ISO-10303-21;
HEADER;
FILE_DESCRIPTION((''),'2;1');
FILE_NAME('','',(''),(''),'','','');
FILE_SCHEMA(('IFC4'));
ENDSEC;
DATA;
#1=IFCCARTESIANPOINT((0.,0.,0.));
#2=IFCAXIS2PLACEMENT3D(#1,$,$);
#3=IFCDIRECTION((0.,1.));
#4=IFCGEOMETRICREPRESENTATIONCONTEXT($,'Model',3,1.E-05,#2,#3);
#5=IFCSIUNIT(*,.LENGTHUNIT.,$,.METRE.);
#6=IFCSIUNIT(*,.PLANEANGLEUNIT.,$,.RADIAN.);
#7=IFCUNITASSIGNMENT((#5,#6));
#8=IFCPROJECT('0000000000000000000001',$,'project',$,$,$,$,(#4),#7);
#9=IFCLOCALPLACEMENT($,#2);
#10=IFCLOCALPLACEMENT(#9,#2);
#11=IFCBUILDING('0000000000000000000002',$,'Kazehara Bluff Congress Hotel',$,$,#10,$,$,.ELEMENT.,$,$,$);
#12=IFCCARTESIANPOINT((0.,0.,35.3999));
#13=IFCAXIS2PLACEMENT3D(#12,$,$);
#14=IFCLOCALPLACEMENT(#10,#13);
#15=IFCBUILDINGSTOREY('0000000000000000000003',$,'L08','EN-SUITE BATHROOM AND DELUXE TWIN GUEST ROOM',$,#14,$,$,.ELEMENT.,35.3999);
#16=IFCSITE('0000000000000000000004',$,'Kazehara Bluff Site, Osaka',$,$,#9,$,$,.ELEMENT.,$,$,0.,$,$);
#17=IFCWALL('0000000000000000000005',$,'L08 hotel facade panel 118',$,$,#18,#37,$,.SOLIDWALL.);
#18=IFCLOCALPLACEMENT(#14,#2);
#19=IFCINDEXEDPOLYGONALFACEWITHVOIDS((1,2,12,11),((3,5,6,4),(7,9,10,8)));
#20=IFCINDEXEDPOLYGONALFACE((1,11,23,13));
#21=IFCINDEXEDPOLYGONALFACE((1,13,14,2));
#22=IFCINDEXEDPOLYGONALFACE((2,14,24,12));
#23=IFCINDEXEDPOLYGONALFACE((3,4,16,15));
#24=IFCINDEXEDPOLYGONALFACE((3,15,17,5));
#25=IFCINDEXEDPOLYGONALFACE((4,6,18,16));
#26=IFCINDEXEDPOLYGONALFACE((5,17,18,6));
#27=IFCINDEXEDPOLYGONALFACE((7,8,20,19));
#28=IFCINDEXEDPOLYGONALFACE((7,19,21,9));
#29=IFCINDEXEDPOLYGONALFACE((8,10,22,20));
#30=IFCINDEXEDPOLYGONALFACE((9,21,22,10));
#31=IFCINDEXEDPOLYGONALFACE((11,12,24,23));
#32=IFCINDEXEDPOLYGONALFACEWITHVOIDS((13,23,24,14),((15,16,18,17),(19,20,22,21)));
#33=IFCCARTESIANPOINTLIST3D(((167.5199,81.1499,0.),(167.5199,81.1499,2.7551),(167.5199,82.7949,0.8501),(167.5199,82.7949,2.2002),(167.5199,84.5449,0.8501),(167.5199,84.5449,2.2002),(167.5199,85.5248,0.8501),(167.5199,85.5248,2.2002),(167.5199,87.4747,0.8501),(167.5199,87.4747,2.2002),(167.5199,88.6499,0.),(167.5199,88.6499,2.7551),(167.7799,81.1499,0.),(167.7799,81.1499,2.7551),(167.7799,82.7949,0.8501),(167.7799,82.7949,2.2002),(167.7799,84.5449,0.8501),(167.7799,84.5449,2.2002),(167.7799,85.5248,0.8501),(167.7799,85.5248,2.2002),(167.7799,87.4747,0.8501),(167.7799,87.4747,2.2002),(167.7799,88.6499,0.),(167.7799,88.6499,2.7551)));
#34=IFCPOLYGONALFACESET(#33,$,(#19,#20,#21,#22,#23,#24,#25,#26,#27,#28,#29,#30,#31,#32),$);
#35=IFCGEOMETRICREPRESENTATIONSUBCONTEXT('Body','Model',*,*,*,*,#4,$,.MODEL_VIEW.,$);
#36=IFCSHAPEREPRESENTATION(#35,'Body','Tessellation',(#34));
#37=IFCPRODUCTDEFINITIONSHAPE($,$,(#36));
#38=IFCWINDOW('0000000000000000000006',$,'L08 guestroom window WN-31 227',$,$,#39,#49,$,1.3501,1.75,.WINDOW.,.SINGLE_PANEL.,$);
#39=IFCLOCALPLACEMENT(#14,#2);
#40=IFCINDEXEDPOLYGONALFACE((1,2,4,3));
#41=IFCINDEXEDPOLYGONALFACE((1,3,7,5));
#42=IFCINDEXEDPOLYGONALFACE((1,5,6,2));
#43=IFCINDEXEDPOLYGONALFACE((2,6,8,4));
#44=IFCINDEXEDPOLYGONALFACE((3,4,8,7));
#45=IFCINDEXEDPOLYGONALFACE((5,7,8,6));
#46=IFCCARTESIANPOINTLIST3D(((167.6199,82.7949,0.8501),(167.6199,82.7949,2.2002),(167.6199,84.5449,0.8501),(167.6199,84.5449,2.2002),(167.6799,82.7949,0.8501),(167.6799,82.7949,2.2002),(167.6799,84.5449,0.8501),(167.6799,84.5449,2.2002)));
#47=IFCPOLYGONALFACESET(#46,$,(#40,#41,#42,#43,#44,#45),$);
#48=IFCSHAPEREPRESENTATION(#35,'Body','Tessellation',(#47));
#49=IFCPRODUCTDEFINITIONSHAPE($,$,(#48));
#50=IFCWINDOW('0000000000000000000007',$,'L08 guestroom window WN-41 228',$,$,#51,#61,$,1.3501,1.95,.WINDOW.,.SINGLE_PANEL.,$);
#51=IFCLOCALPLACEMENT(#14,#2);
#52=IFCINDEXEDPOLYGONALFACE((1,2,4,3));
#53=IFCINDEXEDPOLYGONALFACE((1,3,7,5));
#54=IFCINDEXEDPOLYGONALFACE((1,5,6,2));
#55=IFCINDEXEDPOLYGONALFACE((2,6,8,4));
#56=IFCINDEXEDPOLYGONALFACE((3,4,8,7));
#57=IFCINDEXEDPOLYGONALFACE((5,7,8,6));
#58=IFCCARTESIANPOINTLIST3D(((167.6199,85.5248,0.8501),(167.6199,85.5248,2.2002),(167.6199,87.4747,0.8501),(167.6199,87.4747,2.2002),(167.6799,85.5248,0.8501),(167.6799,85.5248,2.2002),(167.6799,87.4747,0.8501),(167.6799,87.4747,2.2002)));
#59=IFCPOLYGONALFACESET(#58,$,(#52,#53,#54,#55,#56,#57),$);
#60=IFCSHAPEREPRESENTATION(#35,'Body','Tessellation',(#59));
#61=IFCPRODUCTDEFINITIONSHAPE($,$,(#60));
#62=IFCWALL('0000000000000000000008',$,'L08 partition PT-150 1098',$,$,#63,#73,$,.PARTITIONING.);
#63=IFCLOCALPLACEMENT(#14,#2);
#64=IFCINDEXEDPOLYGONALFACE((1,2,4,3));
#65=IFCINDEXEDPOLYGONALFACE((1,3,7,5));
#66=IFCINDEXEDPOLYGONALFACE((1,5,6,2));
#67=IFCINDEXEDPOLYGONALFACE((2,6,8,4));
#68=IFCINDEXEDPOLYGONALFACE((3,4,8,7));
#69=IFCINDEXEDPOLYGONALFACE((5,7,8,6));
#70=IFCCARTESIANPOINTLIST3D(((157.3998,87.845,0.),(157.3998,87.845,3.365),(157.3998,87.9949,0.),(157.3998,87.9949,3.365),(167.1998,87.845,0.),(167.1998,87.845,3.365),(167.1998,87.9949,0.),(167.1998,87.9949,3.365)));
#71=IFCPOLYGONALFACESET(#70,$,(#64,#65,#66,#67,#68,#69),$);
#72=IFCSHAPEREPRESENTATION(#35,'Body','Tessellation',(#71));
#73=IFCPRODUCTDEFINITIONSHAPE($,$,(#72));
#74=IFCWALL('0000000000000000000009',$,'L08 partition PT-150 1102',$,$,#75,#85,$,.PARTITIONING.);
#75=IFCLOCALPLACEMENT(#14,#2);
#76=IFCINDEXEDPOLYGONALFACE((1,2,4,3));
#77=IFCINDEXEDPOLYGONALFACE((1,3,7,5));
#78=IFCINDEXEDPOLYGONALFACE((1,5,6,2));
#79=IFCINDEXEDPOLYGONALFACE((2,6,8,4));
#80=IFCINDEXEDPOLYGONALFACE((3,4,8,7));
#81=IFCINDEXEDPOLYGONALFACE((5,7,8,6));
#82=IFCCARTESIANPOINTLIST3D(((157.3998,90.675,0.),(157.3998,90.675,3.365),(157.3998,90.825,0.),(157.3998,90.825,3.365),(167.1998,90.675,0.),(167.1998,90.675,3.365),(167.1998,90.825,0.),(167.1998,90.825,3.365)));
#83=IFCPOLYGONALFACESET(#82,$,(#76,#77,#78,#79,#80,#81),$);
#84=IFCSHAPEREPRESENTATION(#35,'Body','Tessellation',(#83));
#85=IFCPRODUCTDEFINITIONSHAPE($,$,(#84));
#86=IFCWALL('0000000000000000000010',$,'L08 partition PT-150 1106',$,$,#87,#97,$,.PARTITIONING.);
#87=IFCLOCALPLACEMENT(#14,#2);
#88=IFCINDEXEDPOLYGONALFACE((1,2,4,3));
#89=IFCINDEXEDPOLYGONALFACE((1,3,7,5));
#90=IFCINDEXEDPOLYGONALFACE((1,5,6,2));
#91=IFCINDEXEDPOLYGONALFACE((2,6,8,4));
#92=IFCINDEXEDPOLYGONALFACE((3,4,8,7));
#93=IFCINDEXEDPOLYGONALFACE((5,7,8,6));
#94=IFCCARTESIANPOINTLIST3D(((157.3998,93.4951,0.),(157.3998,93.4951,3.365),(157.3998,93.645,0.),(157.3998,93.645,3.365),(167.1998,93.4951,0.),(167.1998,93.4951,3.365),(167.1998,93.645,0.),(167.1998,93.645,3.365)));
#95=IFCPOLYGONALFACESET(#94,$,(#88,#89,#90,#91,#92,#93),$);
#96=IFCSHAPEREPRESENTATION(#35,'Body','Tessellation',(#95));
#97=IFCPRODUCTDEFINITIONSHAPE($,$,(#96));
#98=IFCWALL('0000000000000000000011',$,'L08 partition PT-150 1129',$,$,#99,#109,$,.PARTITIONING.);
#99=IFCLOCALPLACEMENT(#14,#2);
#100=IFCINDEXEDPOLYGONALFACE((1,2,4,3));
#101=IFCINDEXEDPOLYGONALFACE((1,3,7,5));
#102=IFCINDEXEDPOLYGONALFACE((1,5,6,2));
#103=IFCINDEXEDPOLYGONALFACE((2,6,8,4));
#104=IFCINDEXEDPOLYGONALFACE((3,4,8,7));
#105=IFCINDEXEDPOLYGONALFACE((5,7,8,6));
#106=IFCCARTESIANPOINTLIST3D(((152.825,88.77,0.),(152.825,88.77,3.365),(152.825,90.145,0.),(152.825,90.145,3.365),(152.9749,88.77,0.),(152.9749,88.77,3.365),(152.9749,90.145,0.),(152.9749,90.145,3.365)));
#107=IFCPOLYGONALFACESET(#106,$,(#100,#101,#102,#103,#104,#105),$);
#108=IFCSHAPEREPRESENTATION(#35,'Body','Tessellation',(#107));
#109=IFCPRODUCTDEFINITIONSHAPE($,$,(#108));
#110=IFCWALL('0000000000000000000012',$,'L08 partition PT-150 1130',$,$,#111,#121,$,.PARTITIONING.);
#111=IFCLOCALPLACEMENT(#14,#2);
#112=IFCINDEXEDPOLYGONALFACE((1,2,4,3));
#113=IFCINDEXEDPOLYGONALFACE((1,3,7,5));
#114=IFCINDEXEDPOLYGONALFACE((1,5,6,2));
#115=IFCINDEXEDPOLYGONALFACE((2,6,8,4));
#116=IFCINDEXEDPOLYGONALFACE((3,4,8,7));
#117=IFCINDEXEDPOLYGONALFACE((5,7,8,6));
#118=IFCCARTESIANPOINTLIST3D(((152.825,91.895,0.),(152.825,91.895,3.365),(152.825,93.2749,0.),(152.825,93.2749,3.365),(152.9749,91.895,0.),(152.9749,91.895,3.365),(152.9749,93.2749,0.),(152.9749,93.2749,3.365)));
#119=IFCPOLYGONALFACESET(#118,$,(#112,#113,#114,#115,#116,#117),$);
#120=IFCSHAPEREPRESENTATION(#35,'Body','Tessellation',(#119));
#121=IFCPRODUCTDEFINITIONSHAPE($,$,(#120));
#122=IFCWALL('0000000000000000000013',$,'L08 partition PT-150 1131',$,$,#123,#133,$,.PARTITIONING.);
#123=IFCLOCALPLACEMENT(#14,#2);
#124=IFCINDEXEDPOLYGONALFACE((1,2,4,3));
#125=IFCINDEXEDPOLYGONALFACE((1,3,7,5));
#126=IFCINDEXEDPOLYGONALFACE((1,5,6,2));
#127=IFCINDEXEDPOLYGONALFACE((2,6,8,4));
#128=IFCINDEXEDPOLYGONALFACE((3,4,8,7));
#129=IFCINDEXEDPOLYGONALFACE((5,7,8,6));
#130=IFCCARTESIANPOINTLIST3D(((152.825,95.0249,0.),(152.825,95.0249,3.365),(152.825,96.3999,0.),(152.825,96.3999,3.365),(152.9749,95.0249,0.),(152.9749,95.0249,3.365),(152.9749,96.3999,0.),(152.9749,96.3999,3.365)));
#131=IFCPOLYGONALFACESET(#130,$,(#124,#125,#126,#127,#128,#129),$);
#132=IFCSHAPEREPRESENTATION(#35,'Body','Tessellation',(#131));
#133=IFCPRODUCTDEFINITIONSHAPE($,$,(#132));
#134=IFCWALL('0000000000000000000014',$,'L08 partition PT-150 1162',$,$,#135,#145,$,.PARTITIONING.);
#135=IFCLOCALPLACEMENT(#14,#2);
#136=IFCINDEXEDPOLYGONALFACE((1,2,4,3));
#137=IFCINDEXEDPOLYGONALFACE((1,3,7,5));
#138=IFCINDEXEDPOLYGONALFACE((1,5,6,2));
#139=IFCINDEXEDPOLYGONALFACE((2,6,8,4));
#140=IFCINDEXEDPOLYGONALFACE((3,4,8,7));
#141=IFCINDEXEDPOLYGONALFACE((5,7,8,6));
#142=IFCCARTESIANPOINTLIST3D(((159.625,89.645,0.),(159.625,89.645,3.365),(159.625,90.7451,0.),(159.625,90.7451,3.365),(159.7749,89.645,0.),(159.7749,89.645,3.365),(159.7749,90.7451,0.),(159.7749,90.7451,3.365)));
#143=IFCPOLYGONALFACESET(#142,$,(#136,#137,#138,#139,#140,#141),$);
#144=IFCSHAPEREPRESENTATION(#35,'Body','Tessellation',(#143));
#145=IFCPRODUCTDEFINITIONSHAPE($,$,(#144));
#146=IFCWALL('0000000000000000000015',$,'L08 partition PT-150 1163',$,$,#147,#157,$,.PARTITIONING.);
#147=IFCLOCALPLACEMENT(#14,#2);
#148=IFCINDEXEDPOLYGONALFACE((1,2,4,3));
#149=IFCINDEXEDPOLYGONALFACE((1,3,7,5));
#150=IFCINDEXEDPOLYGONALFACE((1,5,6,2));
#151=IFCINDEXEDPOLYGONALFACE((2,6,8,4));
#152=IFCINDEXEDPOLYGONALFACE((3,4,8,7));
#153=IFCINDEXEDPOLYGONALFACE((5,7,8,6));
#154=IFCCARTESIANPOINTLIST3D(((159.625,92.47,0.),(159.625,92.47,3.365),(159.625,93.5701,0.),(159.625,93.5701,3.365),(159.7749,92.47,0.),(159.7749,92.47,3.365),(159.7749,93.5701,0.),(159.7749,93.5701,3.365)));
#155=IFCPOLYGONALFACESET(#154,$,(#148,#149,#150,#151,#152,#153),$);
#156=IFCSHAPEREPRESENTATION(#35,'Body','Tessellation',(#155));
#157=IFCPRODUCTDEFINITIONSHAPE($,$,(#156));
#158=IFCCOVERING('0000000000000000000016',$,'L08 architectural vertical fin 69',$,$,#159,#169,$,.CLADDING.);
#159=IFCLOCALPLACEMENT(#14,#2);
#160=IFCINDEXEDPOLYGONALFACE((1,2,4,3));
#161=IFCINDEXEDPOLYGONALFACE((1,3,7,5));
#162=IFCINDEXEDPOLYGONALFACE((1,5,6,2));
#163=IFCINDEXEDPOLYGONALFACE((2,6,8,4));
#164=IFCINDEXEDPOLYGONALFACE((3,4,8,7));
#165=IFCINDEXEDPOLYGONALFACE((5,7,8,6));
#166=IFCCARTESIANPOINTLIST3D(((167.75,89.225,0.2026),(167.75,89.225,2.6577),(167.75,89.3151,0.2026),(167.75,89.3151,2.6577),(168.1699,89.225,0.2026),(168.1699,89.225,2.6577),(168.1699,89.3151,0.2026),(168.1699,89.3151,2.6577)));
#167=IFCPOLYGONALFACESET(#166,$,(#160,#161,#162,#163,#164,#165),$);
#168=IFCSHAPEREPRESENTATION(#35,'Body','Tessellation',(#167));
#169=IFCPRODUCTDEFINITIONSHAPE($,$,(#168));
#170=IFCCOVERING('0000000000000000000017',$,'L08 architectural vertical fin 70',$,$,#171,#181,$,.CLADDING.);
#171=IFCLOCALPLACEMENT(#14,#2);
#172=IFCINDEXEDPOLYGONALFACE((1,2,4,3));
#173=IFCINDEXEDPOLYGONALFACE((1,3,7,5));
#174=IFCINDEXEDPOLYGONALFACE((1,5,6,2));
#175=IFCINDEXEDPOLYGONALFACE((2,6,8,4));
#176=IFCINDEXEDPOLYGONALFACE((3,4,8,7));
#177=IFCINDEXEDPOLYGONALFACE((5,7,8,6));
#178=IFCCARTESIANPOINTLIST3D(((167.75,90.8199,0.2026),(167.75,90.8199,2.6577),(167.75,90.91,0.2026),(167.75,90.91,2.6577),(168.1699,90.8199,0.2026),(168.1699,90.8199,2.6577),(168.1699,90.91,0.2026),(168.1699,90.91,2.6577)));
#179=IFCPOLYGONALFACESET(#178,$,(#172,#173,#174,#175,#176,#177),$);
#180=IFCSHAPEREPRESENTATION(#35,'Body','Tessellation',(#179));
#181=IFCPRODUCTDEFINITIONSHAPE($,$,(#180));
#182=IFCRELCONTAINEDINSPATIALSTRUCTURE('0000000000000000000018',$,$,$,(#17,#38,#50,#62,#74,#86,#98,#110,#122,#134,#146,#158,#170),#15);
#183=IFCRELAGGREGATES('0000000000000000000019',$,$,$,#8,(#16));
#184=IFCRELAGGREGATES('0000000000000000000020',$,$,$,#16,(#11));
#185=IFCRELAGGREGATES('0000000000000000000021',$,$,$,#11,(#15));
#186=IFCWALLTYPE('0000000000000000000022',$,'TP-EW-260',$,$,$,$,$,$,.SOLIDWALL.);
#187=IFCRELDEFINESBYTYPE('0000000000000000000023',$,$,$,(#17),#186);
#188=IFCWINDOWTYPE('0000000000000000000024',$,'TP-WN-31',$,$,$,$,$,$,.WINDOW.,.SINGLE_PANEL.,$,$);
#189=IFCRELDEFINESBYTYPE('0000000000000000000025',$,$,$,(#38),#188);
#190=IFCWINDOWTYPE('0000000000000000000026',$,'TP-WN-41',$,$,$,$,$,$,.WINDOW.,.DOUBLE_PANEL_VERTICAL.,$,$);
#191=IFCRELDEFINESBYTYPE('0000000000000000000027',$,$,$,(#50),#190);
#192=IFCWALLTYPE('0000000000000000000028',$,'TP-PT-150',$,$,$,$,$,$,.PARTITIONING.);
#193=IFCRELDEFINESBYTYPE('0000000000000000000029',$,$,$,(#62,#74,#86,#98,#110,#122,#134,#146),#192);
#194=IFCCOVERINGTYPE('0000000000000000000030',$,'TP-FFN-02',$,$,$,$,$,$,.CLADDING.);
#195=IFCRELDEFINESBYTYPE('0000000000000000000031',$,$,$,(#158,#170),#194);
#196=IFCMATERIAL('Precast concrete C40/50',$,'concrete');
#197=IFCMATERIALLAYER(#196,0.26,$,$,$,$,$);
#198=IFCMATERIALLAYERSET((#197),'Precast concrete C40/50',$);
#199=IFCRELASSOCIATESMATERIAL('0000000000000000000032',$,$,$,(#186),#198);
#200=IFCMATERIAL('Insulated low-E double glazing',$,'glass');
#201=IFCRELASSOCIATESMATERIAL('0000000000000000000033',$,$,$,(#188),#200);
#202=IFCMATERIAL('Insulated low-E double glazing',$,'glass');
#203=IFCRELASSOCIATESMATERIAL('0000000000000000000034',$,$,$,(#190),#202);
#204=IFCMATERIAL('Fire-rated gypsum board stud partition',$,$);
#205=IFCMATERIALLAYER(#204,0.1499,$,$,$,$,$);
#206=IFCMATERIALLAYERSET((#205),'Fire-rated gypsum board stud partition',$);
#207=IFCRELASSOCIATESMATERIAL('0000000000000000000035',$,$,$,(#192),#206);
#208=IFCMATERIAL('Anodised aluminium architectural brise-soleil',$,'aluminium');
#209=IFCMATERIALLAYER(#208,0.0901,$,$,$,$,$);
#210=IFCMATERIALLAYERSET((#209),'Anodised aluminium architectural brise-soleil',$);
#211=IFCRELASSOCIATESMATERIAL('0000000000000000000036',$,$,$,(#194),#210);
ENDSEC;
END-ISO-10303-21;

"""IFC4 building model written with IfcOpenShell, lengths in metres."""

from ifc_helpers import new_model, si_unit, direction, frame, frame_2d, origin, origin_2d, place, context, subcontext, project, spatial, rectangle, extrude, material, layer, layer_set, type_object, element, fill, save


model = new_model("IFC4")

# Units and contexts
model_context = context("Model", 3, precision=1e-05, world=origin(), true_north=direction((0.0, 1.0)))
body_context = subcontext(model_context, "Body", "Model", "MODEL_VIEW")
ifc_project = project(units=[si_unit("LENGTHUNIT", "METRE"), si_unit("PLANEANGLEUNIT", "RADIAN")], contexts=[model_context])

# Site, building, storey
site_placement = place(None, origin())
site = spatial("IfcSite", under=ifc_project, at=site_placement, Name="Kazehara Bluff Site, Osaka", CompositionType="ELEMENT", RefElevation=0.0)
building_placement = place(site_placement, origin())
building = spatial("IfcBuilding", under=site, at=building_placement, Name="Kazehara Bluff Congress Hotel", CompositionType="ELEMENT")
storey_placement = place(building_placement, frame((0.0, 0.0, 35.3999)))
storey = spatial("IfcBuildingStorey", under=building, at=storey_placement, Name="L08", Description="EN-SUITE BATHROOM AND DELUXE TWIN GUEST ROOM", CompositionType="ELEMENT", Elevation=35.3999)

# Wall, openings, windows
ifc_material_1 = material(Name="Precast concrete C40/50", Category="concrete")
ifc_layer_1 = layer(ifc_material_1, 0.26)
ifc_layer_set_1 = layer_set([ifc_layer_1], Name="Precast concrete C40/50")
wall_type_1 = type_object("IfcWallType", Name="TP-EW-260", PredefinedType="SOLIDWALL", material=ifc_layer_set_1)
wall_1_placement = place(storey_placement, frame((167.6499, 88.6499, 0.0), z_axis=(0.0, 0.0, 1.0), x_axis=(0.0, -1.0, 0.0)))
wall_1 = element("IfcWall", 1, at=wall_1_placement, inside=storey, type_object=wall_type_1, Name="L08 hotel facade panel 118", PredefinedType="SOLIDWALL", context=body_context, shape_type="SweptSolid", body=[
    extrude(rectangle(XDim=7.5, YDim=0.26, at=frame_2d((3.75, 0.0))), origin(), (0.0, 0.0, 1.0), 2.7551),
])
opening_1_placement = place(wall_1_placement, frame((4.105, 0.0, 0.8501)))
opening_1 = element("IfcOpeningElement", 2, at=opening_1_placement, cuts=wall_1, PredefinedType="OPENING", context=body_context, shape_type="SweptSolid", body=[
    extrude(rectangle(XDim=1.75, YDim=1.3501, at=frame_2d((0.875, 0.675))), frame((0.0, 0.1399, 0.0), z_axis=(0.0, -1.0, 0.0), x_axis=(1.0, 0.0, 0.0)), (0.0, 0.0, 1.0), 0.28),
])
opening_2_placement = place(wall_1_placement, frame((1.175, 0.0, 0.8501)))
opening_2 = element("IfcOpeningElement", 3, at=opening_2_placement, cuts=wall_1, PredefinedType="OPENING", context=body_context, shape_type="SweptSolid", body=[
    extrude(rectangle(XDim=1.95, YDim=1.3501, at=frame_2d((0.9751, 0.675))), frame((0.0, 0.1399, 0.0), z_axis=(0.0, -1.0, 0.0), x_axis=(1.0, 0.0, 0.0)), (0.0, 0.0, 1.0), 0.28),
])
ifc_material_2 = material(Name="Insulated low-E double glazing", Category="glass")
window_type_1 = type_object("IfcWindowType", Name="TP-WN-31", PartitioningType="SINGLE_PANEL", PredefinedType="WINDOW", material=ifc_material_2)
window_1_placement = place(opening_1_placement, origin())
window_1 = element("IfcWindow", 4, at=window_1_placement, inside=storey, type_object=window_type_1, Name="L08 guestroom window WN-31 227", OverallHeight=1.3501, OverallWidth=1.75, PartitioningType="SINGLE_PANEL", PredefinedType="WINDOW", context=body_context, shape_type="SweptSolid", body=[
    extrude(rectangle(XDim=1.75, YDim=1.3501, at=frame_2d((0.875, 0.675))), frame((0.0, 0.03, 0.0), z_axis=(0.0, -1.0, 0.0), x_axis=(1.0, 0.0, 0.0)), (0.0, 0.0, 1.0), 0.0601),
])
fill(opening_1, window_1)
ifc_material_3 = material(Name="Insulated low-E double glazing", Category="glass")
window_type_2 = type_object("IfcWindowType", Name="TP-WN-41", PartitioningType="DOUBLE_PANEL_VERTICAL", PredefinedType="WINDOW", material=ifc_material_3)
window_2_placement = place(opening_2_placement, origin())
window_2 = element("IfcWindow", 5, at=window_2_placement, inside=storey, type_object=window_type_2, Name="L08 guestroom window WN-41 228", OverallHeight=1.3501, OverallWidth=1.95, PartitioningType="SINGLE_PANEL", PredefinedType="WINDOW", context=body_context, shape_type="SweptSolid", body=[
    extrude(rectangle(XDim=1.95, YDim=1.3501, at=frame_2d((0.9751, 0.675))), frame((0.0, 0.03, 0.0), z_axis=(0.0, -1.0, 0.0), x_axis=(1.0, 0.0, 0.0)), (0.0, 0.0, 1.0), 0.0601),
])
fill(opening_2, window_2)

# Wall
ifc_material_4 = material(Name="Fire-rated gypsum board stud partition")
ifc_layer_2 = layer(ifc_material_4, 0.1499)
ifc_layer_set_2 = layer_set([ifc_layer_2], Name="Fire-rated gypsum board stud partition")
wall_type_2 = type_object("IfcWallType", Name="TP-PT-150", PredefinedType="PARTITIONING", material=ifc_layer_set_2)
wall_2_placement = place(storey_placement, frame((157.3999, 87.9199, 0.0), z_axis=(0.0, 0.0, 1.0), x_axis=(1.0, 0.0, 0.0)))
element("IfcWall", 6, at=wall_2_placement, inside=storey, type_object=wall_type_2, Name="L08 partition PT-150 1098", PredefinedType="PARTITIONING", context=body_context, shape_type="SweptSolid", body=[
    extrude(rectangle(XDim=9.8, YDim=0.1499, at=frame_2d((4.8999, 0.0))), origin(), (0.0, 0.0, 1.0), 3.365),
])

# Wall
wall_3_placement = place(storey_placement, frame((157.3999, 90.75, 0.0), z_axis=(0.0, 0.0, 1.0), x_axis=(1.0, 0.0, 0.0)))
element("IfcWall", 7, at=wall_3_placement, inside=storey, type_object=wall_type_2, Name="L08 partition PT-150 1102", PredefinedType="PARTITIONING", context=body_context, shape_type="SweptSolid", body=[
    extrude(rectangle(XDim=9.8, YDim=0.1499, at=frame_2d((4.8999, 0.0))), origin(), (0.0, 0.0, 1.0), 3.365),
])

# Wall
wall_4_placement = place(storey_placement, frame((157.3999, 93.5701, 0.0), z_axis=(0.0, 0.0, 1.0), x_axis=(1.0, 0.0, 0.0)))
element("IfcWall", 8, at=wall_4_placement, inside=storey, type_object=wall_type_2, Name="L08 partition PT-150 1106", PredefinedType="PARTITIONING", context=body_context, shape_type="SweptSolid", body=[
    extrude(rectangle(XDim=9.8, YDim=0.1499, at=frame_2d((4.8999, 0.0))), origin(), (0.0, 0.0, 1.0), 3.365),
])

# Walls
wall_5_placement = place(storey_placement, frame((152.8999, 88.77, 0.0), z_axis=(0.0, 0.0, 1.0), x_axis=(0.0, 1.0, 0.0)))
element("IfcWall", 9, at=wall_5_placement, inside=storey, type_object=wall_type_2, Name="L08 partition PT-150 1129", PredefinedType="PARTITIONING", context=body_context, shape_type="SweptSolid", body=[
    extrude(rectangle(XDim=1.375, YDim=0.1499, at=frame_2d((0.6875, 0.0))), origin(), (0.0, 0.0, 1.0), 3.365),
])
wall_6_placement = place(storey_placement, frame((152.8999, 91.895, 0.0), z_axis=(0.0, 0.0, 1.0), x_axis=(0.0, 1.0, 0.0)))
element("IfcWall", 10, at=wall_6_placement, inside=storey, type_object=wall_type_2, Name="L08 partition PT-150 1130", PredefinedType="PARTITIONING", context=body_context, shape_type="SweptSolid", body=[
    extrude(rectangle(XDim=1.3799, YDim=0.1499, at=frame_2d((0.6899, 0.0))), origin(), (0.0, 0.0, 1.0), 3.365),
])
wall_7_placement = place(storey_placement, frame((152.8999, 95.0249, 0.0), z_axis=(0.0, 0.0, 1.0), x_axis=(0.0, 1.0, 0.0)))
element("IfcWall", 11, at=wall_7_placement, inside=storey, type_object=wall_type_2, Name="L08 partition PT-150 1131", PredefinedType="PARTITIONING", context=body_context, shape_type="SweptSolid", body=[
    extrude(rectangle(XDim=1.375, YDim=0.1499, at=frame_2d((0.6875, 0.0))), origin(), (0.0, 0.0, 1.0), 3.365),
])
for number, where, z_axis, x_axis, name in (
    (12, (159.7, 89.645, 0.0), (0.0, 0.0, 1.0), (0.0, 1.0, 0.0), "L08 partition PT-150 1162"),
    (13, (159.7, 92.47, 0.0), (0.0, 0.0, 1.0), (0.0, 1.0, 0.0), "L08 partition PT-150 1163"),
):
    element("IfcWall", number, at=place(storey_placement, frame(where, z_axis=z_axis, x_axis=x_axis)), inside=storey, type_object=wall_type_2, Name=name, PredefinedType="PARTITIONING", context=body_context, shape_type="SweptSolid", body=[
        extrude(rectangle(XDim=1.1001, YDim=0.1499, at=frame_2d((0.55, 0.0))), origin(), (0.0, 0.0, 1.0), 3.365),
    ])

# Coverings
ifc_material_5 = material(Name="Anodised aluminium architectural brise-soleil", Category="aluminium")
ifc_layer_3 = layer(ifc_material_5, 0.0901)
ifc_layer_set_3 = layer_set([ifc_layer_3], Name="Anodised aluminium architectural brise-soleil")
covering_type = type_object("IfcCoveringType", Name="TP-FFN-02", PredefinedType="CLADDING", material=ifc_layer_set_3)
for number, where, z_axis, x_axis, name in (
    (14, (167.96, 89.27, 0.2026), (0.0, 0.0, 1.0), (1.0, 0.0, 0.0), "L08 architectural vertical fin 69"),
    (15, (167.96, 90.865, 0.2026), (0.0, 0.0, 1.0), (1.0, 0.0, 0.0), "L08 architectural vertical fin 70"),
):
    element("IfcCovering", number, at=place(storey_placement, frame(where, z_axis=z_axis, x_axis=x_axis)), inside=storey, type_object=covering_type, Name=name, PredefinedType="CLADDING", context=body_context, shape_type="SweptSolid", body=[
        extrude(rectangle(XDim=0.4199, YDim=0.0901, at=origin_2d()), origin(), (0.0, 0.0, 1.0), 2.4551),
    ])

save(model, "model.ifc")
